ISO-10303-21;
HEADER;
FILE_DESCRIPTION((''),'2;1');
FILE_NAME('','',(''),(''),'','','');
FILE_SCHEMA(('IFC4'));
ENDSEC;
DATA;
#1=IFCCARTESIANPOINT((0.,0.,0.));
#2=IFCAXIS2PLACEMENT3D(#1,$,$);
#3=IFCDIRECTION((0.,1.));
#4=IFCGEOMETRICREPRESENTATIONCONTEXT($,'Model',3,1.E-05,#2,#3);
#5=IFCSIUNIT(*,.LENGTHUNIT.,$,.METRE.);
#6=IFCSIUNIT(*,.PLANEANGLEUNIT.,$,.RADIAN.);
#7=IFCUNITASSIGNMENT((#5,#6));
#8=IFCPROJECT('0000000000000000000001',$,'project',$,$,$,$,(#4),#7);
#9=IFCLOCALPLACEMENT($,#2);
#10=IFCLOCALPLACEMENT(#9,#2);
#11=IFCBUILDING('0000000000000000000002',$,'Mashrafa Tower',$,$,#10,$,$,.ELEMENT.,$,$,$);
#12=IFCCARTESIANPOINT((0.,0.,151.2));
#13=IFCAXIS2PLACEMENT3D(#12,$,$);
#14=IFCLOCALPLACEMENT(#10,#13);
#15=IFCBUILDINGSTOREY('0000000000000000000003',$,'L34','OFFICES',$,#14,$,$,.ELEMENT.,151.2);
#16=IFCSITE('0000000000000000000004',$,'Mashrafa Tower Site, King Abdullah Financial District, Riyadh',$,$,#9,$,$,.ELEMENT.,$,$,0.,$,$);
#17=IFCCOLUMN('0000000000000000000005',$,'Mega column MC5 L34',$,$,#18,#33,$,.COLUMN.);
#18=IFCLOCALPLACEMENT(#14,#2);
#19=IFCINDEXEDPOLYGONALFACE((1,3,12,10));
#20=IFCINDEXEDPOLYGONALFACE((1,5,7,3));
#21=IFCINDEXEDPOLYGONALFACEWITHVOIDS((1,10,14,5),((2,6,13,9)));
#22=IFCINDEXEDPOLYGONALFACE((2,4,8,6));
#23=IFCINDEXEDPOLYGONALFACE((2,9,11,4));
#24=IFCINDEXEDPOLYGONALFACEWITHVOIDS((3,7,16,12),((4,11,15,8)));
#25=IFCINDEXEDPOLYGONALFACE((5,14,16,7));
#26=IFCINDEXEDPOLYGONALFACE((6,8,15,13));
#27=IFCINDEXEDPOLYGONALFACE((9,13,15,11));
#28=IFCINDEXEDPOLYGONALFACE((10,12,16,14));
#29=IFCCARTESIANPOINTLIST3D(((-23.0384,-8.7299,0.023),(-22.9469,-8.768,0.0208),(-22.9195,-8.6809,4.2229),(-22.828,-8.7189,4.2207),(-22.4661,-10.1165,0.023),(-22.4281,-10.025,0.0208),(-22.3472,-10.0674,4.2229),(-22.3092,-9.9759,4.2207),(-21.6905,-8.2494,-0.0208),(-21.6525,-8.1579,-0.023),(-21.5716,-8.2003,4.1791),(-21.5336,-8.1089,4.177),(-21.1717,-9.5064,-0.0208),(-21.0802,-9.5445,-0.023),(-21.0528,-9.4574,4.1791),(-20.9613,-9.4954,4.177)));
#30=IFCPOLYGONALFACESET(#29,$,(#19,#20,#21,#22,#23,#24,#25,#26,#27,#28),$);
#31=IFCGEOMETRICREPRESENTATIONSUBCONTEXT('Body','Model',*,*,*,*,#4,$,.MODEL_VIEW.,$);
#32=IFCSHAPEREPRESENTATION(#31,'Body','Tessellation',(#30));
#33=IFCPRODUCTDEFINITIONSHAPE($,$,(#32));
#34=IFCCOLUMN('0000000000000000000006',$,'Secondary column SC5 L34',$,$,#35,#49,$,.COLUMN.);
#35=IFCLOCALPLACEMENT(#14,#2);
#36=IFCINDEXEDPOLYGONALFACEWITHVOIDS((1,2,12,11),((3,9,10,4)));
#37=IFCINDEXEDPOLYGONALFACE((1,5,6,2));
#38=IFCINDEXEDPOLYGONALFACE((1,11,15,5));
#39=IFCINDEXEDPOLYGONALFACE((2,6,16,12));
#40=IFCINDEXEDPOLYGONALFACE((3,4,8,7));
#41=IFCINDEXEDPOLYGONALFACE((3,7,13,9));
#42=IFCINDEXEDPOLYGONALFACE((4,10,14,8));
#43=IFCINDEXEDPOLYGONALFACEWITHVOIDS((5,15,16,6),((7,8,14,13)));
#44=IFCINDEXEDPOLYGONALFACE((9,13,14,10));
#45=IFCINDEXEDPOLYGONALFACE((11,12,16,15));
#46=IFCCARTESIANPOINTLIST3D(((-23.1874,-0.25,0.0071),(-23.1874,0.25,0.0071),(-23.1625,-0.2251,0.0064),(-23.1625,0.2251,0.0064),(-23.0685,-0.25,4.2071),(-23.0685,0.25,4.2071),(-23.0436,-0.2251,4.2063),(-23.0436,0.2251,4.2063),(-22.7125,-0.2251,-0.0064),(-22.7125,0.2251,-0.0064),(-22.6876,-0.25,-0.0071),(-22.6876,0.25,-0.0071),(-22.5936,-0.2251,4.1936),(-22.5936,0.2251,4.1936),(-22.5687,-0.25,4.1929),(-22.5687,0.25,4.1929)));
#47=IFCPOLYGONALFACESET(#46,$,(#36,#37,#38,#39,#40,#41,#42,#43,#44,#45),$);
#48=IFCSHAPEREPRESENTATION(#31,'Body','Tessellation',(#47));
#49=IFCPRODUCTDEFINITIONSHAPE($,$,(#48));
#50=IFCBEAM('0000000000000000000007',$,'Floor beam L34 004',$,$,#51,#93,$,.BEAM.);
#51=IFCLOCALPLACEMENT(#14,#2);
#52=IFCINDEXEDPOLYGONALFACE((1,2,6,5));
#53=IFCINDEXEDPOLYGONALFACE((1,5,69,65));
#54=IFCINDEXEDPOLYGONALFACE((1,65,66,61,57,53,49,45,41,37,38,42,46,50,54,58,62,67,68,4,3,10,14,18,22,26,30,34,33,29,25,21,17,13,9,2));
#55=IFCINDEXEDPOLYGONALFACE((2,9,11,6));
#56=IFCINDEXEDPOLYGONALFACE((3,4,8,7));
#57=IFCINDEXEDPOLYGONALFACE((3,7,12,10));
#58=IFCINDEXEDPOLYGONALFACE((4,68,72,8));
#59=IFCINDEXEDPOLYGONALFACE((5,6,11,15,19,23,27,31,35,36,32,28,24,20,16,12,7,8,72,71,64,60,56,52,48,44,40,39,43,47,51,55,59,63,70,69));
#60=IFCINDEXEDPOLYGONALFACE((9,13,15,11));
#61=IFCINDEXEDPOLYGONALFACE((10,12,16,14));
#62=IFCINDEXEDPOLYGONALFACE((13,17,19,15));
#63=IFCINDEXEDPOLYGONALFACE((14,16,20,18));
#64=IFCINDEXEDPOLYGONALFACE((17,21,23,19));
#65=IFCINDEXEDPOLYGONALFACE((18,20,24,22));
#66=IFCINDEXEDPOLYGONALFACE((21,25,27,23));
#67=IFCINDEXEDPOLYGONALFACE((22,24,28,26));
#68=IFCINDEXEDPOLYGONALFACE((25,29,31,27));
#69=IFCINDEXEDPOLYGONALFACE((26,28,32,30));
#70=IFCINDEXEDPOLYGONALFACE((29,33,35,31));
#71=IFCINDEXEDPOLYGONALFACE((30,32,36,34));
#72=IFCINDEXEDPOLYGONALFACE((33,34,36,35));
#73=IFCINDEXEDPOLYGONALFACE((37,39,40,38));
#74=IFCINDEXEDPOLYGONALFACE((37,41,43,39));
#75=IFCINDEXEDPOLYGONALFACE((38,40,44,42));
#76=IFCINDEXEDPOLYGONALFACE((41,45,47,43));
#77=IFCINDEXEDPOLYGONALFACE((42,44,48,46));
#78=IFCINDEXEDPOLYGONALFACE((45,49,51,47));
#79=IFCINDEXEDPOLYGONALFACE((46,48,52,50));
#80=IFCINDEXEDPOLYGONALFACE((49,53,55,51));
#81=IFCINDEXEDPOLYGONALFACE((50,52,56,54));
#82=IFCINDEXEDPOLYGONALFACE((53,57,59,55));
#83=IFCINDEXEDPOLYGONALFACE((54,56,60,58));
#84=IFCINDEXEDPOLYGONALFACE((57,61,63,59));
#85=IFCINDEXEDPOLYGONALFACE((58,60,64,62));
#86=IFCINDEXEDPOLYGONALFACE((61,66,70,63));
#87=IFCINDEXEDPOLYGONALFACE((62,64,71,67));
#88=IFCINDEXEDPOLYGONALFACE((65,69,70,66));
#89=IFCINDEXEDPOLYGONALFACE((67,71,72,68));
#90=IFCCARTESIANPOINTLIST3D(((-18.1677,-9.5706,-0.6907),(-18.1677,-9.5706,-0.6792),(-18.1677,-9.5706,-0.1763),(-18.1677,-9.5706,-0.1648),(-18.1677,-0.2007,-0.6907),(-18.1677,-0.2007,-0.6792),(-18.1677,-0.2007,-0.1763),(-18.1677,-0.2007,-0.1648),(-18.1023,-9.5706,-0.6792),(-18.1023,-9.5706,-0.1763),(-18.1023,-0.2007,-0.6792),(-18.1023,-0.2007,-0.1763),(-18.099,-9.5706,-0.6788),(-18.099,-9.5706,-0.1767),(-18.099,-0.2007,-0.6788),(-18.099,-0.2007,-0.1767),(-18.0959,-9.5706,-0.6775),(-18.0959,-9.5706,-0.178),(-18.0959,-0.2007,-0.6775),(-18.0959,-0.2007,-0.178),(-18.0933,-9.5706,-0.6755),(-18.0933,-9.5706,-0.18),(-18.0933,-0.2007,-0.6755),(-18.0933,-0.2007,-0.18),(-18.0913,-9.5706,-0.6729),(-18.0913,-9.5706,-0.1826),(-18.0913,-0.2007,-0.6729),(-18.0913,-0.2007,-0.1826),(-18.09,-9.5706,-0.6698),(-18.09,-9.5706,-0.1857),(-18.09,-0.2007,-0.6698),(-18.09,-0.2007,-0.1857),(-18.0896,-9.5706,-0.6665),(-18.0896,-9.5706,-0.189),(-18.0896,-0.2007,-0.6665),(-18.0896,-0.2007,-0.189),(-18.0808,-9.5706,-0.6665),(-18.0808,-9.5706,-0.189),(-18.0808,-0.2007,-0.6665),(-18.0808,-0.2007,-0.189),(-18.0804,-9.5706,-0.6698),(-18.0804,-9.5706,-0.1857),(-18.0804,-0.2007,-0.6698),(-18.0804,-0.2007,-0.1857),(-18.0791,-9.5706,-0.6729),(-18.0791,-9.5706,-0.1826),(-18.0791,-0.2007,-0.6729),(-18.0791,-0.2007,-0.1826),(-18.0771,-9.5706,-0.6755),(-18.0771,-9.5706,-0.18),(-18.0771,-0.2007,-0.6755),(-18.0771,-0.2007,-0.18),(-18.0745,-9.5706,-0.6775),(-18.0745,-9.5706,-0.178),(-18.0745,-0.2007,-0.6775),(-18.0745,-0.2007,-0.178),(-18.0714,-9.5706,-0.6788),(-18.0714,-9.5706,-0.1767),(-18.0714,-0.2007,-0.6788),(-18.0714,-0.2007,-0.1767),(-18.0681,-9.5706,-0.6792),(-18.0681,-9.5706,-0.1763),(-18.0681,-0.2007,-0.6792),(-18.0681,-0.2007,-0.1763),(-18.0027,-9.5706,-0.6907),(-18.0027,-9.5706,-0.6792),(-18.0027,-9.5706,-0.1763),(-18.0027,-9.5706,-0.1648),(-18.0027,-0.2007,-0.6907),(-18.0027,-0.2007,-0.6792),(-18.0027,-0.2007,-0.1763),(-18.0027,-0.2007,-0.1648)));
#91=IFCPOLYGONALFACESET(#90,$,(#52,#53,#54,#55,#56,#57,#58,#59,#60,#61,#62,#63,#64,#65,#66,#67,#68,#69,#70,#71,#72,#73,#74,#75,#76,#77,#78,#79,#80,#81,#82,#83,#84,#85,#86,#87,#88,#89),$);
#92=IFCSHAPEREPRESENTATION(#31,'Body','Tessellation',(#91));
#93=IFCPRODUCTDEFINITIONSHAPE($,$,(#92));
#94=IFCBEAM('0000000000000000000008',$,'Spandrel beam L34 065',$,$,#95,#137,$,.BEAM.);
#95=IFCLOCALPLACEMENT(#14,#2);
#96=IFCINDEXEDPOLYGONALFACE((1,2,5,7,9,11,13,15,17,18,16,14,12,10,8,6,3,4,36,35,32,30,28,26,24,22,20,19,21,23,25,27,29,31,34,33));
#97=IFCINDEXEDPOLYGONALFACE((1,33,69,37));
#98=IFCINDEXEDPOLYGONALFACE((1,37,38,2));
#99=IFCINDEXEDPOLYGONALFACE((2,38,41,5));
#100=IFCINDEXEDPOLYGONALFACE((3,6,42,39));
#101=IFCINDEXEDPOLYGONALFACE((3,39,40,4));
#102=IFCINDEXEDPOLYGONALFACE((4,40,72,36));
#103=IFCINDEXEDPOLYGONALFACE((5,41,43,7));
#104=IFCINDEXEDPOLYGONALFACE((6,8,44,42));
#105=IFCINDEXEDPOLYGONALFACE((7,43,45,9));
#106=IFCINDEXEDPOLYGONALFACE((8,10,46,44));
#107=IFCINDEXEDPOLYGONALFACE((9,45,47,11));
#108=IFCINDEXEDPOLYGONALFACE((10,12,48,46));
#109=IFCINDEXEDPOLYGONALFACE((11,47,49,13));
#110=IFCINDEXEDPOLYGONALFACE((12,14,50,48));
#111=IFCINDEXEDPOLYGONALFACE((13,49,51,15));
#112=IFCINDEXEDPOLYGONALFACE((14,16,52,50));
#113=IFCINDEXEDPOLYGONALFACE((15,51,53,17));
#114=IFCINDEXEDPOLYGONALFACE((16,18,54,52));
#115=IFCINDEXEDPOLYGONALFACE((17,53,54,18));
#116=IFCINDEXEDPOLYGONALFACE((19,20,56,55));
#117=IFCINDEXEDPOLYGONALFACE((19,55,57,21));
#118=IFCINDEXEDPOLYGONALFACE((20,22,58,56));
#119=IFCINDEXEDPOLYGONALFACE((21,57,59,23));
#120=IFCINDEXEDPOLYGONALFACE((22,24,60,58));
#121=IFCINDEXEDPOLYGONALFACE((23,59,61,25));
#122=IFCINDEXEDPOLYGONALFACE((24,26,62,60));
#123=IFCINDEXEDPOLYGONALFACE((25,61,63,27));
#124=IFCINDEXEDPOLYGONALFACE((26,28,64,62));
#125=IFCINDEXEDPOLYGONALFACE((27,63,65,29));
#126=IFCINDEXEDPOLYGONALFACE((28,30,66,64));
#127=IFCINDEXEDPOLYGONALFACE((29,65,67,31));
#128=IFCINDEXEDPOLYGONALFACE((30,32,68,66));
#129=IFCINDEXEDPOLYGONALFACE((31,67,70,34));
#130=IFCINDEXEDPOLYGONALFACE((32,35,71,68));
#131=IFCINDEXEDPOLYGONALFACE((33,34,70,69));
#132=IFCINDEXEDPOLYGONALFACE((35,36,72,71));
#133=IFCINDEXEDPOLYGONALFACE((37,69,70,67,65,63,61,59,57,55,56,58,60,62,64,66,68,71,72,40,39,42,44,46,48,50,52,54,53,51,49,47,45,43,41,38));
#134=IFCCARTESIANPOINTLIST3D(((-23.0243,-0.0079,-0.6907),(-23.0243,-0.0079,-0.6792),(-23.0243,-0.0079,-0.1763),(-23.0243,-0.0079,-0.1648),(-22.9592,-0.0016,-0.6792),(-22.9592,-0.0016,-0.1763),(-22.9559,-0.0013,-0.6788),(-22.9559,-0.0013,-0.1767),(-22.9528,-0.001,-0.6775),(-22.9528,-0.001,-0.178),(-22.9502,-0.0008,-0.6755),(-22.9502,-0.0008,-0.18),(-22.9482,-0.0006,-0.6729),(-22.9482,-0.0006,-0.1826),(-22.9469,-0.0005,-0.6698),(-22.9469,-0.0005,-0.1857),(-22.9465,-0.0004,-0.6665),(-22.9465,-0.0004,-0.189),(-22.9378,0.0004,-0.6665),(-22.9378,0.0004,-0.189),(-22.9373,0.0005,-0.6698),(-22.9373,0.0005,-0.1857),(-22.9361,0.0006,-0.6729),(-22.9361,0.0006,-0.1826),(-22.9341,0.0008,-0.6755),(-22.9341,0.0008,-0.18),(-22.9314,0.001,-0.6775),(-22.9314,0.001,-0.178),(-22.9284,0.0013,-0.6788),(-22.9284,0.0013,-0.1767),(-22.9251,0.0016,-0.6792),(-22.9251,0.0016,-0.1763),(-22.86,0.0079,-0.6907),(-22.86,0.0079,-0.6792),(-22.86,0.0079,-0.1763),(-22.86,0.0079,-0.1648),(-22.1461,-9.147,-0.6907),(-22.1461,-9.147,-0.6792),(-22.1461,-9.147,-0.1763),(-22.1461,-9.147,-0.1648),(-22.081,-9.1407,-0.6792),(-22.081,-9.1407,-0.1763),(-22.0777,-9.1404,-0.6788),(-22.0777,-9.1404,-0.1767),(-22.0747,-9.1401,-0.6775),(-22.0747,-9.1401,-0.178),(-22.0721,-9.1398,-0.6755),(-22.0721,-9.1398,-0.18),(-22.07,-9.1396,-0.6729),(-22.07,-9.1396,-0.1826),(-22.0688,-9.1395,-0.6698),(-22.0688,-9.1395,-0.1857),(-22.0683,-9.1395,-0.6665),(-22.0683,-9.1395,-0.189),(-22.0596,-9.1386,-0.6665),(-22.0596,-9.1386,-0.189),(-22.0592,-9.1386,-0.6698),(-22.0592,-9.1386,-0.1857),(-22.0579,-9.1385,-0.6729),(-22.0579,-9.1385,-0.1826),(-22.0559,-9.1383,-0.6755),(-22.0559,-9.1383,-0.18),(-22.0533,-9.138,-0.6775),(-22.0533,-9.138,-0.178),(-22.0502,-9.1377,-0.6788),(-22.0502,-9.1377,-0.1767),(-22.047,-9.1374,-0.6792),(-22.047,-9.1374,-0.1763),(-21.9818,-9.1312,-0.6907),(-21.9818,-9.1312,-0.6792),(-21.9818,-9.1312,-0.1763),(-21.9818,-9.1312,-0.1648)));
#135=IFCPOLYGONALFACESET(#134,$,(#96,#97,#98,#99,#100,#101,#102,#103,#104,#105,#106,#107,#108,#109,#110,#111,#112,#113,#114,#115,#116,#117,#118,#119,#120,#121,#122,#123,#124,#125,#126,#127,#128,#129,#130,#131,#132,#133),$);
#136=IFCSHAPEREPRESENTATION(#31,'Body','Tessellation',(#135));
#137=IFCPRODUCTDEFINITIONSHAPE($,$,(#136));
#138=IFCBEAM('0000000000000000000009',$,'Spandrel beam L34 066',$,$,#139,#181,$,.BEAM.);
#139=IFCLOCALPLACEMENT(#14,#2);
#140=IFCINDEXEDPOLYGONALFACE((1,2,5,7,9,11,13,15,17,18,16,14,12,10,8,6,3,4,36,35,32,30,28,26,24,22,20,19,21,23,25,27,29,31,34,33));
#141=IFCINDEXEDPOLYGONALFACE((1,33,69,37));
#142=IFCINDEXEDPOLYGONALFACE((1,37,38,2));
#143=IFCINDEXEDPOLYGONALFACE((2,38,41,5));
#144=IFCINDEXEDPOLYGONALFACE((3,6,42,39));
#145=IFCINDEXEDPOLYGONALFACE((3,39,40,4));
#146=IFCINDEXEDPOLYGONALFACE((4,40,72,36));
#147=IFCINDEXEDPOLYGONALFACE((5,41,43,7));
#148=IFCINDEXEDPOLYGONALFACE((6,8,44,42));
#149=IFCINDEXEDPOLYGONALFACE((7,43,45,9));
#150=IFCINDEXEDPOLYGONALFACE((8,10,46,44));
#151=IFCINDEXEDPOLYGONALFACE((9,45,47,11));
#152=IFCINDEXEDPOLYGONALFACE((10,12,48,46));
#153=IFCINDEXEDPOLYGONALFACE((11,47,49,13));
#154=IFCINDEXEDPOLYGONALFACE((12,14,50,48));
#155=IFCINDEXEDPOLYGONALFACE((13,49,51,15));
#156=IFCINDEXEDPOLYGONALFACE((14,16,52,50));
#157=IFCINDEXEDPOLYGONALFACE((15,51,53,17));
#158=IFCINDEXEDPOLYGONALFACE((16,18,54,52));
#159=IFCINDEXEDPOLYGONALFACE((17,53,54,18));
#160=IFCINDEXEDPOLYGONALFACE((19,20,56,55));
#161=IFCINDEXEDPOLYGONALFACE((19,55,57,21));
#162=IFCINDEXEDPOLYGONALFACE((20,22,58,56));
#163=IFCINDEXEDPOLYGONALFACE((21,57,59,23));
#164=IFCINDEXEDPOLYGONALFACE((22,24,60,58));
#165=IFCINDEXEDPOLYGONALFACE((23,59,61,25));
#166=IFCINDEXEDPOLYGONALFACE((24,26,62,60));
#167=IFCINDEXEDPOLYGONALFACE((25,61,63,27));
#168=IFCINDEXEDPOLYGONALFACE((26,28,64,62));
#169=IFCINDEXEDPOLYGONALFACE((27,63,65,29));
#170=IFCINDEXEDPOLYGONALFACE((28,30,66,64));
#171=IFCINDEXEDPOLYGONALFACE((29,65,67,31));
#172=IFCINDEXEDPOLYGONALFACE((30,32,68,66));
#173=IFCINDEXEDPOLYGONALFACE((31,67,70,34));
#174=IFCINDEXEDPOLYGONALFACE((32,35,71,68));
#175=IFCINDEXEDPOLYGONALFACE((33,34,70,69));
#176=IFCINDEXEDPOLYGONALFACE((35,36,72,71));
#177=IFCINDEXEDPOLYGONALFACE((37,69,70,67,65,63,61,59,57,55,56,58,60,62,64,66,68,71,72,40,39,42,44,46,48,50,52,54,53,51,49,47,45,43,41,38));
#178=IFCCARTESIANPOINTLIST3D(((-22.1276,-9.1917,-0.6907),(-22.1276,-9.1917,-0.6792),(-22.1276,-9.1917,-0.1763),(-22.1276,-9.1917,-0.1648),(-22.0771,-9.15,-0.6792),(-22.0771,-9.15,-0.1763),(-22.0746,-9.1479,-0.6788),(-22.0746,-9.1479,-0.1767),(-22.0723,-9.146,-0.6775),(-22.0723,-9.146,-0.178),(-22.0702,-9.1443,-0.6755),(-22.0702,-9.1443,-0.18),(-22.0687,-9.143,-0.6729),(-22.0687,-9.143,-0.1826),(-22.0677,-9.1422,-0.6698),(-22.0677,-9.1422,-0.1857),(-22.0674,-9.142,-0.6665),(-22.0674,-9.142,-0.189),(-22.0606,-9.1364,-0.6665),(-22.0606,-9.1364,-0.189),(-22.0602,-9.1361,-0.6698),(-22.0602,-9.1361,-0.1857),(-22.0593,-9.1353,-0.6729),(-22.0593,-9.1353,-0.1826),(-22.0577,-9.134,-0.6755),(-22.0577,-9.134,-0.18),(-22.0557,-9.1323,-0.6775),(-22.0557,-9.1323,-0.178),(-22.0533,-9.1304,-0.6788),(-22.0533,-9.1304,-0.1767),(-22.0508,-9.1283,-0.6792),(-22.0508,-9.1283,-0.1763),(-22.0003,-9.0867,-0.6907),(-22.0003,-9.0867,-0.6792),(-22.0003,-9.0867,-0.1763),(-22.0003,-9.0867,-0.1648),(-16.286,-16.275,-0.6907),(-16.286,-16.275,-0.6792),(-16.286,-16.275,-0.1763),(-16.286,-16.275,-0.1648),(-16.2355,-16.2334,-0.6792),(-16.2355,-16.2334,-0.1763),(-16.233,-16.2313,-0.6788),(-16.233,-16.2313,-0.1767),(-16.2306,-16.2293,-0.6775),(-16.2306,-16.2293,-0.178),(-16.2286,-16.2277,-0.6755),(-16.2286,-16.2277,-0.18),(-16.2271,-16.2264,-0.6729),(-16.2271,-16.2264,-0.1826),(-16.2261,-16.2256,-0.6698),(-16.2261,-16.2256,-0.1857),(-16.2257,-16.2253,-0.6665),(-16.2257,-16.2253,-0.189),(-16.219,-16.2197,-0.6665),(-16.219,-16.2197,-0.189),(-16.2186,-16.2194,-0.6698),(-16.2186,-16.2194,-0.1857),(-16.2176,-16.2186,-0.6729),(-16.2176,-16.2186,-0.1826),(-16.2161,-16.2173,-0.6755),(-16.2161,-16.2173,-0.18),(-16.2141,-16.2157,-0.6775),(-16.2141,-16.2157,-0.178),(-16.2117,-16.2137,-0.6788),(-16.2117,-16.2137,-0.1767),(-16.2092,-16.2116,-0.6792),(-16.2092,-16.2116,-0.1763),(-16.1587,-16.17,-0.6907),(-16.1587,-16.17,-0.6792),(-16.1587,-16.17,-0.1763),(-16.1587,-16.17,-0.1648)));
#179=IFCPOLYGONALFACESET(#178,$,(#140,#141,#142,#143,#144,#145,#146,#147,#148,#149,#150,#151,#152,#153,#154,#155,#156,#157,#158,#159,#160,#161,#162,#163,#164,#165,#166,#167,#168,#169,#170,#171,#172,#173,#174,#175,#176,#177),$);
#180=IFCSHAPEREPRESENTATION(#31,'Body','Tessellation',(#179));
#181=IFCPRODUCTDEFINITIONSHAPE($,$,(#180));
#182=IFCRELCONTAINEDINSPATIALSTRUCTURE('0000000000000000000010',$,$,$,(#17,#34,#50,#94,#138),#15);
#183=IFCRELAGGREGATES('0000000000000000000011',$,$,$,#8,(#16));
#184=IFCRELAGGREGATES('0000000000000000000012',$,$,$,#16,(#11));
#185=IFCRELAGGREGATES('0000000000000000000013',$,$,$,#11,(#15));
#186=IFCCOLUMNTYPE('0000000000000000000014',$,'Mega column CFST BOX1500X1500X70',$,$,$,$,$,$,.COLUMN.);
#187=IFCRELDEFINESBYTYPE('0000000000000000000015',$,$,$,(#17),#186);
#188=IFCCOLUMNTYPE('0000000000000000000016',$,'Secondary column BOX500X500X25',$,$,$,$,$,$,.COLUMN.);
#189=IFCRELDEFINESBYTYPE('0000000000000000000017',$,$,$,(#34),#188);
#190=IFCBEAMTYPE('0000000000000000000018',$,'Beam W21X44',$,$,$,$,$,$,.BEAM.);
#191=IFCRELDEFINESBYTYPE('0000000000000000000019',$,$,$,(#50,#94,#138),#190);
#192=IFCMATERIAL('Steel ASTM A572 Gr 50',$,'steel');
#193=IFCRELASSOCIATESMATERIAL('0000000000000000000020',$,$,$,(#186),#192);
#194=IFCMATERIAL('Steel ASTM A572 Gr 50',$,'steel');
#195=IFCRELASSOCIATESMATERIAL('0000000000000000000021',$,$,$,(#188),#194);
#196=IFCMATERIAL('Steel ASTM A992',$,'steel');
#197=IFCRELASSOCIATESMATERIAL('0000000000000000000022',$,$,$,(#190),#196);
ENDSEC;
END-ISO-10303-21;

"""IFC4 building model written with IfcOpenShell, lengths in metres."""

from ifc_helpers import new_model, si_unit, direction, frame, origin, origin_2d, place, context, subcontext, project, spatial, hollow_rectangle, i_section, extrude, material, material_profile, profile_set, type_object, element, save


model = new_model("IFC4")

# Units and contexts
model_context = context("Model", 3, precision=1e-05, world=origin(), true_north=direction((0.0, 1.0)))
body_context = subcontext(model_context, "Body", "Model", "MODEL_VIEW")
ifc_project = project(units=[si_unit("LENGTHUNIT", "METRE"), si_unit("PLANEANGLEUNIT", "RADIAN")], contexts=[model_context])

# Site, building, storey
site_placement = place(None, origin())
site = spatial("IfcSite", under=ifc_project, at=site_placement, Name="Mashrafa Tower Site, King Abdullah Financial District, Riyadh", CompositionType="ELEMENT", RefElevation=0.0)
building_placement = place(site_placement, origin())
building = spatial("IfcBuilding", under=site, at=building_placement, Name="Mashrafa Tower", CompositionType="ELEMENT")
storey_placement = place(building_placement, frame((0.0, 0.0, 151.2)))
storey = spatial("IfcBuildingStorey", under=building, at=storey_placement, Name="L34", Description="OFFICES", CompositionType="ELEMENT", Elevation=151.2)

# Columns
ifc_material_1 = material(Name="Steel ASTM A572 Gr 50", Category="steel")
ifc_material_profile_1 = material_profile(ifc_material_1, hollow_rectangle(XDim=1.5, YDim=1.5, WallThickness=0.0701, at=origin_2d()), Name="BOX1500X1500X70")
ifc_profile_set_1 = profile_set([ifc_material_profile_1], Name="Steel ASTM A572 Gr 50")
column_type_1 = type_object("IfcColumnType", Name="Mega column CFST BOX1500X1500X70", PredefinedType="COLUMN", material=ifc_profile_set_1)
column_1_placement = place(storey_placement, frame((-22.0593, -9.1372, 0.0), z_axis=(0.028296, 0.011679, 0.999531), x_axis=(-0.381513, 0.924363, 0.0)))
element("IfcColumn", 1, at=column_1_placement, inside=storey, type_object=column_type_1, Name="Mega column MC5 L34", PredefinedType="COLUMN", context=body_context, shape_type="SweptSolid", body=[
    extrude(hollow_rectangle(XDim=1.5, YDim=1.5, WallThickness=0.0701, at=origin_2d()), origin(), (0.0, 0.0, 1.0), 4.2019),
])
ifc_material_2 = material(Name="Steel ASTM A572 Gr 50", Category="steel")
ifc_material_profile_2 = material_profile(ifc_material_2, hollow_rectangle(XDim=0.5, YDim=0.5, WallThickness=0.0249, at=origin_2d()), Name="BOX500X500X25")
ifc_profile_set_2 = profile_set([ifc_material_profile_2], Name="Steel ASTM A572 Gr 50")
column_type_2 = type_object("IfcColumnType", Name="Secondary column BOX500X500X25", PredefinedType="COLUMN", material=ifc_profile_set_2)
column_2_placement = place(storey_placement, frame((-22.9375, 0.0, 0.0), z_axis=(0.028298, 0.0, 0.9996), x_axis=(0.0, 1.0, 0.0)))
element("IfcColumn", 2, at=column_2_placement, inside=storey, type_object=column_type_2, Name="Secondary column SC5 L34", PredefinedType="COLUMN", context=body_context, shape_type="SweptSolid", body=[
    extrude(hollow_rectangle(XDim=0.5, YDim=0.5, WallThickness=0.0249, at=origin_2d()), origin(), (0.0, 0.0, 1.0), 4.2017),
])

# Beams
ifc_material_3 = material(Name="Steel ASTM A992", Category="steel")
ifc_material_profile_3 = material_profile(ifc_material_3, i_section(OverallWidth=0.165, OverallDepth=0.5259, WebThickness=0.0088, FlangeThickness=0.0115, FilletRadius=0.0127, at=origin_2d()), Name="W21X44")
ifc_profile_set_3 = profile_set([ifc_material_profile_3], Name="Steel ASTM A992")
beam_type_1 = type_object("IfcBeamType", Name="Beam W21X44", PredefinedType="BEAM", material=ifc_profile_set_3)
beam_1_placement = place(storey_placement, frame((-18.0852, -9.5706, -0.4277), z_axis=(0.0, 1.0, 0.0), x_axis=(-1.0, 0.0, 0.0)))
element("IfcBeam", 3, at=beam_1_placement, inside=storey, type_object=beam_type_1, Name="Floor beam L34 004", PredefinedType="BEAM", context=body_context, shape_type="SweptSolid", body=[
    extrude(i_section(OverallWidth=0.165, OverallDepth=0.5259, WebThickness=0.0088, FlangeThickness=0.0115, FilletRadius=0.0127, at=origin_2d()), origin(), (0.0, 0.0, 1.0), 9.3699),
])
beam_2_placement = place(storey_placement, frame((-22.9421, 0.0, -0.4277), z_axis=(0.095649, -0.995415, 0.0), x_axis=(0.995415, 0.095649, 0.0)))
element("IfcBeam", 4, at=beam_2_placement, inside=storey, type_object=beam_type_1, Name="Spandrel beam L34 065", PredefinedType="BEAM", context=body_context, shape_type="SweptSolid", body=[
    extrude(i_section(OverallWidth=0.165, OverallDepth=0.5259, WebThickness=0.0088, FlangeThickness=0.0115, FilletRadius=0.0127, at=origin_2d()), origin(), (0.0, 0.0, 1.0), 9.1812),
])
beam_3_placement = place(storey_placement, frame((-22.064, -9.1392, -0.4277), z_axis=(0.636245, -0.771487, 0.0), x_axis=(0.771487, 0.636245, 0.0)))
element("IfcBeam", 5, at=beam_3_placement, inside=storey, type_object=beam_type_1, Name="Spandrel beam L34 066", PredefinedType="BEAM", context=body_context, shape_type="SweptSolid", body=[
    extrude(i_section(OverallWidth=0.165, OverallDepth=0.5259, WebThickness=0.0088, FlangeThickness=0.0115, FilletRadius=0.0127, at=origin_2d()), origin(), (0.0, 0.0, 1.0), 9.1814),
])

save(model, "model.ifc")
